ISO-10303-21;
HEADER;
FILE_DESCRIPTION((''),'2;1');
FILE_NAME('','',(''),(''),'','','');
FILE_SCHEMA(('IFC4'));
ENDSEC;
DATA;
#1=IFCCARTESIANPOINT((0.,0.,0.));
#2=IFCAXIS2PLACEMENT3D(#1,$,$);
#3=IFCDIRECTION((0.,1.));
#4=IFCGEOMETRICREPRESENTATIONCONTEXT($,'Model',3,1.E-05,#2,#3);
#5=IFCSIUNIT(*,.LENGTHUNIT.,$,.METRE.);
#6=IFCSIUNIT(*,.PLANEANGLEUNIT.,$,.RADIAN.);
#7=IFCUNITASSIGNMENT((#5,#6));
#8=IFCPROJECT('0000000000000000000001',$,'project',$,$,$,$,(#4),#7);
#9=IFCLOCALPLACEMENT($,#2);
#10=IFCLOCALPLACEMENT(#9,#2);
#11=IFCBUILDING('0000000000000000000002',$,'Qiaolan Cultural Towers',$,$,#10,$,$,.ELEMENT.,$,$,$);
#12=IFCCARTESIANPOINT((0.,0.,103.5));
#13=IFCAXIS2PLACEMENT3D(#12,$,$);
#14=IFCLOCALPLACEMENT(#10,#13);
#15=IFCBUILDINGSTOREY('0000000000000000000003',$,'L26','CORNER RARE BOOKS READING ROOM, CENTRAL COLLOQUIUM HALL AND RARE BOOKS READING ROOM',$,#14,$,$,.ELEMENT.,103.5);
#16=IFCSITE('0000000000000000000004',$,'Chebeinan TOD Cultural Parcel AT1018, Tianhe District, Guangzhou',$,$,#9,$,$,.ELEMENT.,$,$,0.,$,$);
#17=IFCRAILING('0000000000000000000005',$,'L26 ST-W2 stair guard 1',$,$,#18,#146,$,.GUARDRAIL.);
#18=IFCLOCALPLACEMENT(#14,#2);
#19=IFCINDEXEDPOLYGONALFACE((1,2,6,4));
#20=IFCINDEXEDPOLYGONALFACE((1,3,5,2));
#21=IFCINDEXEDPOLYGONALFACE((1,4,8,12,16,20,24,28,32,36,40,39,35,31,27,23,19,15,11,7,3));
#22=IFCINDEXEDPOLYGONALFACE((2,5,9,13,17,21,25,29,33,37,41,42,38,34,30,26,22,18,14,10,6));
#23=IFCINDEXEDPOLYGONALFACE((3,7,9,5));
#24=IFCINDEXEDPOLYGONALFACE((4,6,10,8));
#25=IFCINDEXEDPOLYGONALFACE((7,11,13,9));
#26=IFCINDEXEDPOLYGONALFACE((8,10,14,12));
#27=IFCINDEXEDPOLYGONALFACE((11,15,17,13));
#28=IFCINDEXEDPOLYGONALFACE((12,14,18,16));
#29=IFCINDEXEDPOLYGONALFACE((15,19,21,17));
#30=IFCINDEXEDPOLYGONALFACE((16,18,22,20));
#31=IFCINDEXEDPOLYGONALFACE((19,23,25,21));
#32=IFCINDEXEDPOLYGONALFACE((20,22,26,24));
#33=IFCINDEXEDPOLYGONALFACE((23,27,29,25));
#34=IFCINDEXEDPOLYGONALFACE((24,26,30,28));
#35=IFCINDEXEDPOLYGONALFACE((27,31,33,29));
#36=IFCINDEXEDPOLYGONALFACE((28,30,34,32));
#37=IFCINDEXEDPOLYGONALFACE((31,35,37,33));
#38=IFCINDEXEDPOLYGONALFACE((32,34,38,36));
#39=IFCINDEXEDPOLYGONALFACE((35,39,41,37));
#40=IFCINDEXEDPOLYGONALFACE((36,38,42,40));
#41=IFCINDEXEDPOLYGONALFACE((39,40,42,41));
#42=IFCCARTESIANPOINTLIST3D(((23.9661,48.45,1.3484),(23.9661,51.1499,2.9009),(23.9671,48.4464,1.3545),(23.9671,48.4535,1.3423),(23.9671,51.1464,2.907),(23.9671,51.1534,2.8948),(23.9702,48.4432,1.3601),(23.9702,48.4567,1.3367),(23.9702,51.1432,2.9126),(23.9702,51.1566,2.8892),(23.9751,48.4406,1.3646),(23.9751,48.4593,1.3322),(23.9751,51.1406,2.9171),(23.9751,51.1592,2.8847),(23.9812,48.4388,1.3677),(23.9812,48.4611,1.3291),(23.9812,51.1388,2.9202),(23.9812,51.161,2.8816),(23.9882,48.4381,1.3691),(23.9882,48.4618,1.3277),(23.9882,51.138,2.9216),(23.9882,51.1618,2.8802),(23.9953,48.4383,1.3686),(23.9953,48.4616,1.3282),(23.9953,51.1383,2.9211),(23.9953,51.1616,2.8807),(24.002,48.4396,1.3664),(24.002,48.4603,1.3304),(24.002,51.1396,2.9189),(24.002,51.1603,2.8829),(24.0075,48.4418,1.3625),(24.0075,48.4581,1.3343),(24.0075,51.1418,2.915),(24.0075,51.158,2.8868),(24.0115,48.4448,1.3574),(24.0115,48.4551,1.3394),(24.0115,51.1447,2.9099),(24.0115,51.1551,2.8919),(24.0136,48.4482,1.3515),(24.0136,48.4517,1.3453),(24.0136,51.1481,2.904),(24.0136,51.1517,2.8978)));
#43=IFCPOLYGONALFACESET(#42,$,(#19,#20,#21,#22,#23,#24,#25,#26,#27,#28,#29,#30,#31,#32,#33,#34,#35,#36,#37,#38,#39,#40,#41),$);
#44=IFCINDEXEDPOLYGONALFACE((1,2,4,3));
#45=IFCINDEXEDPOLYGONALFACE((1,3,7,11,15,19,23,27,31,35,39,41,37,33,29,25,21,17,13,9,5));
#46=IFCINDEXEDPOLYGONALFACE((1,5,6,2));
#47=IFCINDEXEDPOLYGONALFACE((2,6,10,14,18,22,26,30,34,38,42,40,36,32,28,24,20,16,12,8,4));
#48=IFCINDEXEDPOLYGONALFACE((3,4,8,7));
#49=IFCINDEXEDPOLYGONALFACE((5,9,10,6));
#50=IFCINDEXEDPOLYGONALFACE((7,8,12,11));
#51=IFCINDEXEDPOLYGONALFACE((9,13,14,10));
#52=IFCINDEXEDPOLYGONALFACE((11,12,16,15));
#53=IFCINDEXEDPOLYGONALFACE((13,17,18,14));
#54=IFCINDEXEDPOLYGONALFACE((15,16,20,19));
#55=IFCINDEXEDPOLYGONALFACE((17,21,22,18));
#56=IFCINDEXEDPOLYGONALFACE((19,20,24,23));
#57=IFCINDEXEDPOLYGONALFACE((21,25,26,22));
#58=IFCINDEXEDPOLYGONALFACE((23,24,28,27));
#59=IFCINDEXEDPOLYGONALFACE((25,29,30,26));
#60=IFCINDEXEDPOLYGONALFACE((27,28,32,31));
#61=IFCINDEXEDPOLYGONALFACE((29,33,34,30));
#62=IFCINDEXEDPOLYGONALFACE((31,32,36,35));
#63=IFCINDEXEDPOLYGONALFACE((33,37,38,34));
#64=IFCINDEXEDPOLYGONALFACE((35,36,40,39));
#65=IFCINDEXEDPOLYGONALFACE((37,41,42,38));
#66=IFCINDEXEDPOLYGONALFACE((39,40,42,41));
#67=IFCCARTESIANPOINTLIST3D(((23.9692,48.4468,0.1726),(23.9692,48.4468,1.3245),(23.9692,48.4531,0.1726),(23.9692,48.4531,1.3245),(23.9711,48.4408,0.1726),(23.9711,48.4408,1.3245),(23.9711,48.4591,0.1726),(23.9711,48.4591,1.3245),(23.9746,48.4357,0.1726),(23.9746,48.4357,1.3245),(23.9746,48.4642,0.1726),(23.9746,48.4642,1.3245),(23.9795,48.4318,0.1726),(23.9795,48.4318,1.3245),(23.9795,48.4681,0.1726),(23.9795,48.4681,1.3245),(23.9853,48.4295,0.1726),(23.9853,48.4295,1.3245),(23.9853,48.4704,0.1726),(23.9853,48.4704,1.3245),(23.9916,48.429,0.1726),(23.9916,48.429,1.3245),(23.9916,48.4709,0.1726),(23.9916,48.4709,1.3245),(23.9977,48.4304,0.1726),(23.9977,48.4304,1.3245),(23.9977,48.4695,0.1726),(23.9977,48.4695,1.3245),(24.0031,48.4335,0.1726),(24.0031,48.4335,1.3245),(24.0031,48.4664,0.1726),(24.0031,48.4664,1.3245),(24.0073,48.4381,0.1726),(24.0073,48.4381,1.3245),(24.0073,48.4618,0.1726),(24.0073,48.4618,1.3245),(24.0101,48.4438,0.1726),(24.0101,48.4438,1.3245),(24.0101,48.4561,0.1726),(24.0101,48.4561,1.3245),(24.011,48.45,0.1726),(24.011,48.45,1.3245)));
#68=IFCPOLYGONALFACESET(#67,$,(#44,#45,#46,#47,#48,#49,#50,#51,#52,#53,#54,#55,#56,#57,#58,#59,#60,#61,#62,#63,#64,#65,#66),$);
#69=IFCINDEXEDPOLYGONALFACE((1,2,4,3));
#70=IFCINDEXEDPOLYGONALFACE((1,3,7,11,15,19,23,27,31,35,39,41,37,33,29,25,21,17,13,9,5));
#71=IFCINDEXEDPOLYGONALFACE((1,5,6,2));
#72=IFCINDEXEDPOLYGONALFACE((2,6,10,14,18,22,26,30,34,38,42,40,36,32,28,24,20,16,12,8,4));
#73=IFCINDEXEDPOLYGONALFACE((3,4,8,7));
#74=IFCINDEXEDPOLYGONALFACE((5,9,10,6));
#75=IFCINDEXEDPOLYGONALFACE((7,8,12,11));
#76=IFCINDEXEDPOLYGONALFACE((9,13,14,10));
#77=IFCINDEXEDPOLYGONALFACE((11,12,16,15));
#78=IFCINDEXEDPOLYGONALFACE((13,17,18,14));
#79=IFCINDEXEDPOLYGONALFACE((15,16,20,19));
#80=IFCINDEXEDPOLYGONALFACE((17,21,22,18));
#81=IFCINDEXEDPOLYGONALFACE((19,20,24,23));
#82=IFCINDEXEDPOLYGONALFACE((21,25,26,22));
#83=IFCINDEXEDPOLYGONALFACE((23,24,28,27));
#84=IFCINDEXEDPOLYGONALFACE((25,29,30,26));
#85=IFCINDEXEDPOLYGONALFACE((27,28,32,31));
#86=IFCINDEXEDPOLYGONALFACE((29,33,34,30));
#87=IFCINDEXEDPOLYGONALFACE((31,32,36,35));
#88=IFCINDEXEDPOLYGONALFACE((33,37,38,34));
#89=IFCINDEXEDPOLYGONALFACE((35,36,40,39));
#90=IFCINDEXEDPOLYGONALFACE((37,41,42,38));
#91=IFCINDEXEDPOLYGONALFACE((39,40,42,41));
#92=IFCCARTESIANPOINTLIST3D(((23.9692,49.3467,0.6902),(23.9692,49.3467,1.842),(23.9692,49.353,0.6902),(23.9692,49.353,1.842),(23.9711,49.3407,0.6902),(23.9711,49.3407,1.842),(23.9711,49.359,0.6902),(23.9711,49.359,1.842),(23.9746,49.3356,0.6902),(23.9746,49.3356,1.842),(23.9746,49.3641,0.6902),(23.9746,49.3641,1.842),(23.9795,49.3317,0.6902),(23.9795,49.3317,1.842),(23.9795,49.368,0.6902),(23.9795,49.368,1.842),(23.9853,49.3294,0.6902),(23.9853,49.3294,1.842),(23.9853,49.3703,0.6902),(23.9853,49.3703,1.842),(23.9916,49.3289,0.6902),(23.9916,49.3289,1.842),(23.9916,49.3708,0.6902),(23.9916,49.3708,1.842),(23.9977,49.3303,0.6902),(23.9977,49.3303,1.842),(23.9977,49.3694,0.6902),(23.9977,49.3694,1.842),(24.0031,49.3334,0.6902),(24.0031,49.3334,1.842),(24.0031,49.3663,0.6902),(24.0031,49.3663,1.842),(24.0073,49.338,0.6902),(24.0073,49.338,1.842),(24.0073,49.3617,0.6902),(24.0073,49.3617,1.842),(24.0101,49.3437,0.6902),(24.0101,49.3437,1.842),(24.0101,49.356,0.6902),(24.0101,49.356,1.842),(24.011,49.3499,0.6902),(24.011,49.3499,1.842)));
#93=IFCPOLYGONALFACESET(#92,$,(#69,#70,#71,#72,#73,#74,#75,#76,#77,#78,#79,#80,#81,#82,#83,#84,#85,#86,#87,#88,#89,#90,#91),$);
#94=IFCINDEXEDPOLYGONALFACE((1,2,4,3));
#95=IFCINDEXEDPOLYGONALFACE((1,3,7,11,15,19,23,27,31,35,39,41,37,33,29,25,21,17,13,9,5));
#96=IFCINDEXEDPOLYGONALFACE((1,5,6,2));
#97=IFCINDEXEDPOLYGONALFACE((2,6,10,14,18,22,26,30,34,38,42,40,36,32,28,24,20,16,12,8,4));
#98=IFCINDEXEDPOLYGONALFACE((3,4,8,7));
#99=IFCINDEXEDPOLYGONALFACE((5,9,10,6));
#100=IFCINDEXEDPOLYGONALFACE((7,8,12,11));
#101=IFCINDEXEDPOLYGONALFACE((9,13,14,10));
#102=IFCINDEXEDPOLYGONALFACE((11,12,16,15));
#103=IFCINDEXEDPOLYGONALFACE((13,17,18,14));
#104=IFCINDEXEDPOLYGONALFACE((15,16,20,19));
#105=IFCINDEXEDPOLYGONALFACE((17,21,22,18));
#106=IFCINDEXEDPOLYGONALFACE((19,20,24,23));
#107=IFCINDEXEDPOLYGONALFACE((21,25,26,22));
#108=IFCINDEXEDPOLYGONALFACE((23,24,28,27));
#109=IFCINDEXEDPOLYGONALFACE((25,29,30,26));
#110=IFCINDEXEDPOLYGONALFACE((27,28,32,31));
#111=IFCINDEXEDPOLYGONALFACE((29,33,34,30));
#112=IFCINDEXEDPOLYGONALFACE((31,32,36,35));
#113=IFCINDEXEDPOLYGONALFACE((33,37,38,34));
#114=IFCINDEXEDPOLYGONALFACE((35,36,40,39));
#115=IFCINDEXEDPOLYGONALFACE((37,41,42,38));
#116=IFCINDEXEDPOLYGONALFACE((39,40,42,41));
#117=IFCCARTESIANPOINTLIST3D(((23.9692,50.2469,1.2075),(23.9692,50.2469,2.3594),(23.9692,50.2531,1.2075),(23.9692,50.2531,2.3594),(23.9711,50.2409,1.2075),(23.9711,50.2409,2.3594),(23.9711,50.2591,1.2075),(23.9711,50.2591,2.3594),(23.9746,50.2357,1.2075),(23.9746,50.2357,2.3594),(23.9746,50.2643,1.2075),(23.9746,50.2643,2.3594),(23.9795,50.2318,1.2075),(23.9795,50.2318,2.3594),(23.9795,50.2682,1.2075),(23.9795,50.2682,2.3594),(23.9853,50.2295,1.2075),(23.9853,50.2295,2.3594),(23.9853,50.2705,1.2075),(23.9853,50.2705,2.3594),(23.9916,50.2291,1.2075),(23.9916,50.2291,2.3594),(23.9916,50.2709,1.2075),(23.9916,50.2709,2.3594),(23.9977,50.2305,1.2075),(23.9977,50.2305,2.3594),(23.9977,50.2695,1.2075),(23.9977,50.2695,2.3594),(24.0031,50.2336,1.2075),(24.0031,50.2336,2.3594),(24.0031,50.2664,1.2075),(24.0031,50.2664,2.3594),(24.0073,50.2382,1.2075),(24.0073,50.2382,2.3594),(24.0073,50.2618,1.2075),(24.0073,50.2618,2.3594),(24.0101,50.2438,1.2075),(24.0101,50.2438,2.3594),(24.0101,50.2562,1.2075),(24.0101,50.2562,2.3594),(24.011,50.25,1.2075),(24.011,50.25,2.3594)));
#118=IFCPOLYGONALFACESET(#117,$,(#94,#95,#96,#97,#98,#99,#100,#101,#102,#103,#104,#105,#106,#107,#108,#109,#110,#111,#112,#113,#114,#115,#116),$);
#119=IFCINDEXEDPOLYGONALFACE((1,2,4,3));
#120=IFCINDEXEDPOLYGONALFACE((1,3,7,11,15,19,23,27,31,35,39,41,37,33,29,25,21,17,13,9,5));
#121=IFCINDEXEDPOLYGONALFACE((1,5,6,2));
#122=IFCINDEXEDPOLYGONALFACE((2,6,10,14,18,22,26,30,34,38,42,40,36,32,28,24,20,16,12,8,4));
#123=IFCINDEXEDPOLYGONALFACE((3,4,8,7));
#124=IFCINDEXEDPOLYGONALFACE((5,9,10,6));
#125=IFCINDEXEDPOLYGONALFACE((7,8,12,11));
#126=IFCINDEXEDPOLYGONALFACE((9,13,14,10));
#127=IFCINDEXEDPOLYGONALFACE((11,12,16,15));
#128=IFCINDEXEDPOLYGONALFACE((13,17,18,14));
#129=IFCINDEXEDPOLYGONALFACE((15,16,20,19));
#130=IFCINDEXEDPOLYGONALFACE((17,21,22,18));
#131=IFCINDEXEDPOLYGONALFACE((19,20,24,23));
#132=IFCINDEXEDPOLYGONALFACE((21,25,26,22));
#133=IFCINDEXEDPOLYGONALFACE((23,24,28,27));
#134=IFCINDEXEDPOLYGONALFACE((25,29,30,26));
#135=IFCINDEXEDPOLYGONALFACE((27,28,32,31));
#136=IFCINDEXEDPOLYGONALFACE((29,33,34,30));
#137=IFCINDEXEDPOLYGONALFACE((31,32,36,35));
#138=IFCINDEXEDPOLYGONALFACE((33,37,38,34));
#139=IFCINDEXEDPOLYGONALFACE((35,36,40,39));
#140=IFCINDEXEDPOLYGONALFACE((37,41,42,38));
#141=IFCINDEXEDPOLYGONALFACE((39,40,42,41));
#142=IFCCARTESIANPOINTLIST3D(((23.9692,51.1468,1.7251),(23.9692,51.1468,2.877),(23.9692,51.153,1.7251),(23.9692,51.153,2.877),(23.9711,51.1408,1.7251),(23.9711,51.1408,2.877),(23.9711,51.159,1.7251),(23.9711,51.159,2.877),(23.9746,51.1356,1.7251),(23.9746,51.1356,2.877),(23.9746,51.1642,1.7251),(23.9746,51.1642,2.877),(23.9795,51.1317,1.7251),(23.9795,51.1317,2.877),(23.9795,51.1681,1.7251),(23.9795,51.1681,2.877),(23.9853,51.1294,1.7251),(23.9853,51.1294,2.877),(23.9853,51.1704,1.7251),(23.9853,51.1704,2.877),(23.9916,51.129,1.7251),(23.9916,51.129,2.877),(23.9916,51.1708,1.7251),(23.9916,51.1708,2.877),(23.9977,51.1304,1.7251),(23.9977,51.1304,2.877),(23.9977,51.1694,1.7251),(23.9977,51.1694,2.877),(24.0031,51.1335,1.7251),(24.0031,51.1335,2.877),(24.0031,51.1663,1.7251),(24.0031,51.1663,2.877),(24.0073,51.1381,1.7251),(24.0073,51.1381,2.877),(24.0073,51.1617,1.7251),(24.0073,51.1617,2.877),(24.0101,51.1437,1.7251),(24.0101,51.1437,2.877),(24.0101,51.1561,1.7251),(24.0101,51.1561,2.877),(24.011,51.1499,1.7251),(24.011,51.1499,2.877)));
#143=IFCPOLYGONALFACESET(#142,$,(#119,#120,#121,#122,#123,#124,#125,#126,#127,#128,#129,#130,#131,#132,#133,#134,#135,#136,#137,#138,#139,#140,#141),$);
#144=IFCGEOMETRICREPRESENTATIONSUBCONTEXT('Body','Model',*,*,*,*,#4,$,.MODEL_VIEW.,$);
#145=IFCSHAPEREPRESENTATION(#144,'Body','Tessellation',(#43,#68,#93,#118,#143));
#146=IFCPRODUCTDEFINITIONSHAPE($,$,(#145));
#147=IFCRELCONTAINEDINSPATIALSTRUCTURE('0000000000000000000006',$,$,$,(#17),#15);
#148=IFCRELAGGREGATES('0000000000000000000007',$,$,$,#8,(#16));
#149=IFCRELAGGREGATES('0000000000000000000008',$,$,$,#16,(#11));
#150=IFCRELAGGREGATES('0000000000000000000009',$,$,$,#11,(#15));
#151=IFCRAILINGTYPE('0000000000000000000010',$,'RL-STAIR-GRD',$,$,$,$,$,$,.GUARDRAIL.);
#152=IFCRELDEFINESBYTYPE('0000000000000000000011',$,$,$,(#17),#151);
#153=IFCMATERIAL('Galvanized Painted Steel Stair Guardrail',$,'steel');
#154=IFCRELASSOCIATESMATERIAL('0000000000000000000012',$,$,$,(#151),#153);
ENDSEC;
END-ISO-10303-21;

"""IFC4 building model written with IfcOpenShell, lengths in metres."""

from ifc_helpers import new_model, si_unit, direction, frame, origin, origin_2d, place, context, subcontext, project, spatial, circle, extrude, material, type_object, element, save


model = new_model("IFC4")

# Units and contexts
model_context = context("Model", 3, precision=1e-05, world=origin(), true_north=direction((0.0, 1.0)))
body_context = subcontext(model_context, "Body", "Model", "MODEL_VIEW")
ifc_project = project(units=[si_unit("LENGTHUNIT", "METRE"), si_unit("PLANEANGLEUNIT", "RADIAN")], contexts=[model_context])

# Site, building, storey
site_placement = place(None, origin())
site = spatial("IfcSite", under=ifc_project, at=site_placement, Name="Chebeinan TOD Cultural Parcel AT1018, Tianhe District, Guangzhou", CompositionType="ELEMENT", RefElevation=0.0)
building_placement = place(site_placement, origin())
building = spatial("IfcBuilding", under=site, at=building_placement, Name="Qiaolan Cultural Towers", CompositionType="ELEMENT")
storey_placement = place(building_placement, frame((0.0, 0.0, 103.5)))
storey = spatial("IfcBuildingStorey", under=building, at=storey_placement, Name="L26", Description="CORNER RARE BOOKS READING ROOM, CENTRAL COLLOQUIUM HALL AND RARE BOOKS READING ROOM", CompositionType="ELEMENT", Elevation=103.5)

# Railing
ifc_material_1 = material(Name="Galvanized Painted Steel Stair Guardrail", Category="steel")
railing_type_1 = type_object("IfcRailingType", Name="RL-STAIR-GRD", PredefinedType="GUARDRAIL", material=ifc_material_1)
railing_1_placement = place(storey_placement, frame((23.99, 48.45, 0.1726)))
element("IfcRailing", 1, at=railing_1_placement, inside=storey, type_object=railing_type_1, Name="L26 ST-W2 stair guard 1", PredefinedType="GUARDRAIL", context=body_context, shape_type="SweptSolid", body=[
    extrude(circle(Radius=0.0239, at=origin_2d()), frame((0.0, 0.0, 1.1758), z_axis=(0.0, 0.866904, 0.498476), x_axis=(-1.0, 0.0, 0.0)), (0.0, 0.0, 1.0), 3.1145),
    extrude(circle(Radius=0.021, at=origin_2d()), origin(), (0.0, 0.0, 1.0), 1.1519),
    extrude(circle(Radius=0.021, at=origin_2d()), frame((0.0, 0.8999, 0.5176)), (0.0, 0.0, 1.0), 1.1519),
    extrude(circle(Radius=0.021, at=origin_2d()), frame((0.0, 1.8, 1.0349)), (0.0, 0.0, 1.0), 1.1519),
    extrude(circle(Radius=0.021, at=origin_2d()), frame((0.0, 2.7, 1.5525)), (0.0, 0.0, 1.0), 1.1519),
])

save(model, "model.ifc")
